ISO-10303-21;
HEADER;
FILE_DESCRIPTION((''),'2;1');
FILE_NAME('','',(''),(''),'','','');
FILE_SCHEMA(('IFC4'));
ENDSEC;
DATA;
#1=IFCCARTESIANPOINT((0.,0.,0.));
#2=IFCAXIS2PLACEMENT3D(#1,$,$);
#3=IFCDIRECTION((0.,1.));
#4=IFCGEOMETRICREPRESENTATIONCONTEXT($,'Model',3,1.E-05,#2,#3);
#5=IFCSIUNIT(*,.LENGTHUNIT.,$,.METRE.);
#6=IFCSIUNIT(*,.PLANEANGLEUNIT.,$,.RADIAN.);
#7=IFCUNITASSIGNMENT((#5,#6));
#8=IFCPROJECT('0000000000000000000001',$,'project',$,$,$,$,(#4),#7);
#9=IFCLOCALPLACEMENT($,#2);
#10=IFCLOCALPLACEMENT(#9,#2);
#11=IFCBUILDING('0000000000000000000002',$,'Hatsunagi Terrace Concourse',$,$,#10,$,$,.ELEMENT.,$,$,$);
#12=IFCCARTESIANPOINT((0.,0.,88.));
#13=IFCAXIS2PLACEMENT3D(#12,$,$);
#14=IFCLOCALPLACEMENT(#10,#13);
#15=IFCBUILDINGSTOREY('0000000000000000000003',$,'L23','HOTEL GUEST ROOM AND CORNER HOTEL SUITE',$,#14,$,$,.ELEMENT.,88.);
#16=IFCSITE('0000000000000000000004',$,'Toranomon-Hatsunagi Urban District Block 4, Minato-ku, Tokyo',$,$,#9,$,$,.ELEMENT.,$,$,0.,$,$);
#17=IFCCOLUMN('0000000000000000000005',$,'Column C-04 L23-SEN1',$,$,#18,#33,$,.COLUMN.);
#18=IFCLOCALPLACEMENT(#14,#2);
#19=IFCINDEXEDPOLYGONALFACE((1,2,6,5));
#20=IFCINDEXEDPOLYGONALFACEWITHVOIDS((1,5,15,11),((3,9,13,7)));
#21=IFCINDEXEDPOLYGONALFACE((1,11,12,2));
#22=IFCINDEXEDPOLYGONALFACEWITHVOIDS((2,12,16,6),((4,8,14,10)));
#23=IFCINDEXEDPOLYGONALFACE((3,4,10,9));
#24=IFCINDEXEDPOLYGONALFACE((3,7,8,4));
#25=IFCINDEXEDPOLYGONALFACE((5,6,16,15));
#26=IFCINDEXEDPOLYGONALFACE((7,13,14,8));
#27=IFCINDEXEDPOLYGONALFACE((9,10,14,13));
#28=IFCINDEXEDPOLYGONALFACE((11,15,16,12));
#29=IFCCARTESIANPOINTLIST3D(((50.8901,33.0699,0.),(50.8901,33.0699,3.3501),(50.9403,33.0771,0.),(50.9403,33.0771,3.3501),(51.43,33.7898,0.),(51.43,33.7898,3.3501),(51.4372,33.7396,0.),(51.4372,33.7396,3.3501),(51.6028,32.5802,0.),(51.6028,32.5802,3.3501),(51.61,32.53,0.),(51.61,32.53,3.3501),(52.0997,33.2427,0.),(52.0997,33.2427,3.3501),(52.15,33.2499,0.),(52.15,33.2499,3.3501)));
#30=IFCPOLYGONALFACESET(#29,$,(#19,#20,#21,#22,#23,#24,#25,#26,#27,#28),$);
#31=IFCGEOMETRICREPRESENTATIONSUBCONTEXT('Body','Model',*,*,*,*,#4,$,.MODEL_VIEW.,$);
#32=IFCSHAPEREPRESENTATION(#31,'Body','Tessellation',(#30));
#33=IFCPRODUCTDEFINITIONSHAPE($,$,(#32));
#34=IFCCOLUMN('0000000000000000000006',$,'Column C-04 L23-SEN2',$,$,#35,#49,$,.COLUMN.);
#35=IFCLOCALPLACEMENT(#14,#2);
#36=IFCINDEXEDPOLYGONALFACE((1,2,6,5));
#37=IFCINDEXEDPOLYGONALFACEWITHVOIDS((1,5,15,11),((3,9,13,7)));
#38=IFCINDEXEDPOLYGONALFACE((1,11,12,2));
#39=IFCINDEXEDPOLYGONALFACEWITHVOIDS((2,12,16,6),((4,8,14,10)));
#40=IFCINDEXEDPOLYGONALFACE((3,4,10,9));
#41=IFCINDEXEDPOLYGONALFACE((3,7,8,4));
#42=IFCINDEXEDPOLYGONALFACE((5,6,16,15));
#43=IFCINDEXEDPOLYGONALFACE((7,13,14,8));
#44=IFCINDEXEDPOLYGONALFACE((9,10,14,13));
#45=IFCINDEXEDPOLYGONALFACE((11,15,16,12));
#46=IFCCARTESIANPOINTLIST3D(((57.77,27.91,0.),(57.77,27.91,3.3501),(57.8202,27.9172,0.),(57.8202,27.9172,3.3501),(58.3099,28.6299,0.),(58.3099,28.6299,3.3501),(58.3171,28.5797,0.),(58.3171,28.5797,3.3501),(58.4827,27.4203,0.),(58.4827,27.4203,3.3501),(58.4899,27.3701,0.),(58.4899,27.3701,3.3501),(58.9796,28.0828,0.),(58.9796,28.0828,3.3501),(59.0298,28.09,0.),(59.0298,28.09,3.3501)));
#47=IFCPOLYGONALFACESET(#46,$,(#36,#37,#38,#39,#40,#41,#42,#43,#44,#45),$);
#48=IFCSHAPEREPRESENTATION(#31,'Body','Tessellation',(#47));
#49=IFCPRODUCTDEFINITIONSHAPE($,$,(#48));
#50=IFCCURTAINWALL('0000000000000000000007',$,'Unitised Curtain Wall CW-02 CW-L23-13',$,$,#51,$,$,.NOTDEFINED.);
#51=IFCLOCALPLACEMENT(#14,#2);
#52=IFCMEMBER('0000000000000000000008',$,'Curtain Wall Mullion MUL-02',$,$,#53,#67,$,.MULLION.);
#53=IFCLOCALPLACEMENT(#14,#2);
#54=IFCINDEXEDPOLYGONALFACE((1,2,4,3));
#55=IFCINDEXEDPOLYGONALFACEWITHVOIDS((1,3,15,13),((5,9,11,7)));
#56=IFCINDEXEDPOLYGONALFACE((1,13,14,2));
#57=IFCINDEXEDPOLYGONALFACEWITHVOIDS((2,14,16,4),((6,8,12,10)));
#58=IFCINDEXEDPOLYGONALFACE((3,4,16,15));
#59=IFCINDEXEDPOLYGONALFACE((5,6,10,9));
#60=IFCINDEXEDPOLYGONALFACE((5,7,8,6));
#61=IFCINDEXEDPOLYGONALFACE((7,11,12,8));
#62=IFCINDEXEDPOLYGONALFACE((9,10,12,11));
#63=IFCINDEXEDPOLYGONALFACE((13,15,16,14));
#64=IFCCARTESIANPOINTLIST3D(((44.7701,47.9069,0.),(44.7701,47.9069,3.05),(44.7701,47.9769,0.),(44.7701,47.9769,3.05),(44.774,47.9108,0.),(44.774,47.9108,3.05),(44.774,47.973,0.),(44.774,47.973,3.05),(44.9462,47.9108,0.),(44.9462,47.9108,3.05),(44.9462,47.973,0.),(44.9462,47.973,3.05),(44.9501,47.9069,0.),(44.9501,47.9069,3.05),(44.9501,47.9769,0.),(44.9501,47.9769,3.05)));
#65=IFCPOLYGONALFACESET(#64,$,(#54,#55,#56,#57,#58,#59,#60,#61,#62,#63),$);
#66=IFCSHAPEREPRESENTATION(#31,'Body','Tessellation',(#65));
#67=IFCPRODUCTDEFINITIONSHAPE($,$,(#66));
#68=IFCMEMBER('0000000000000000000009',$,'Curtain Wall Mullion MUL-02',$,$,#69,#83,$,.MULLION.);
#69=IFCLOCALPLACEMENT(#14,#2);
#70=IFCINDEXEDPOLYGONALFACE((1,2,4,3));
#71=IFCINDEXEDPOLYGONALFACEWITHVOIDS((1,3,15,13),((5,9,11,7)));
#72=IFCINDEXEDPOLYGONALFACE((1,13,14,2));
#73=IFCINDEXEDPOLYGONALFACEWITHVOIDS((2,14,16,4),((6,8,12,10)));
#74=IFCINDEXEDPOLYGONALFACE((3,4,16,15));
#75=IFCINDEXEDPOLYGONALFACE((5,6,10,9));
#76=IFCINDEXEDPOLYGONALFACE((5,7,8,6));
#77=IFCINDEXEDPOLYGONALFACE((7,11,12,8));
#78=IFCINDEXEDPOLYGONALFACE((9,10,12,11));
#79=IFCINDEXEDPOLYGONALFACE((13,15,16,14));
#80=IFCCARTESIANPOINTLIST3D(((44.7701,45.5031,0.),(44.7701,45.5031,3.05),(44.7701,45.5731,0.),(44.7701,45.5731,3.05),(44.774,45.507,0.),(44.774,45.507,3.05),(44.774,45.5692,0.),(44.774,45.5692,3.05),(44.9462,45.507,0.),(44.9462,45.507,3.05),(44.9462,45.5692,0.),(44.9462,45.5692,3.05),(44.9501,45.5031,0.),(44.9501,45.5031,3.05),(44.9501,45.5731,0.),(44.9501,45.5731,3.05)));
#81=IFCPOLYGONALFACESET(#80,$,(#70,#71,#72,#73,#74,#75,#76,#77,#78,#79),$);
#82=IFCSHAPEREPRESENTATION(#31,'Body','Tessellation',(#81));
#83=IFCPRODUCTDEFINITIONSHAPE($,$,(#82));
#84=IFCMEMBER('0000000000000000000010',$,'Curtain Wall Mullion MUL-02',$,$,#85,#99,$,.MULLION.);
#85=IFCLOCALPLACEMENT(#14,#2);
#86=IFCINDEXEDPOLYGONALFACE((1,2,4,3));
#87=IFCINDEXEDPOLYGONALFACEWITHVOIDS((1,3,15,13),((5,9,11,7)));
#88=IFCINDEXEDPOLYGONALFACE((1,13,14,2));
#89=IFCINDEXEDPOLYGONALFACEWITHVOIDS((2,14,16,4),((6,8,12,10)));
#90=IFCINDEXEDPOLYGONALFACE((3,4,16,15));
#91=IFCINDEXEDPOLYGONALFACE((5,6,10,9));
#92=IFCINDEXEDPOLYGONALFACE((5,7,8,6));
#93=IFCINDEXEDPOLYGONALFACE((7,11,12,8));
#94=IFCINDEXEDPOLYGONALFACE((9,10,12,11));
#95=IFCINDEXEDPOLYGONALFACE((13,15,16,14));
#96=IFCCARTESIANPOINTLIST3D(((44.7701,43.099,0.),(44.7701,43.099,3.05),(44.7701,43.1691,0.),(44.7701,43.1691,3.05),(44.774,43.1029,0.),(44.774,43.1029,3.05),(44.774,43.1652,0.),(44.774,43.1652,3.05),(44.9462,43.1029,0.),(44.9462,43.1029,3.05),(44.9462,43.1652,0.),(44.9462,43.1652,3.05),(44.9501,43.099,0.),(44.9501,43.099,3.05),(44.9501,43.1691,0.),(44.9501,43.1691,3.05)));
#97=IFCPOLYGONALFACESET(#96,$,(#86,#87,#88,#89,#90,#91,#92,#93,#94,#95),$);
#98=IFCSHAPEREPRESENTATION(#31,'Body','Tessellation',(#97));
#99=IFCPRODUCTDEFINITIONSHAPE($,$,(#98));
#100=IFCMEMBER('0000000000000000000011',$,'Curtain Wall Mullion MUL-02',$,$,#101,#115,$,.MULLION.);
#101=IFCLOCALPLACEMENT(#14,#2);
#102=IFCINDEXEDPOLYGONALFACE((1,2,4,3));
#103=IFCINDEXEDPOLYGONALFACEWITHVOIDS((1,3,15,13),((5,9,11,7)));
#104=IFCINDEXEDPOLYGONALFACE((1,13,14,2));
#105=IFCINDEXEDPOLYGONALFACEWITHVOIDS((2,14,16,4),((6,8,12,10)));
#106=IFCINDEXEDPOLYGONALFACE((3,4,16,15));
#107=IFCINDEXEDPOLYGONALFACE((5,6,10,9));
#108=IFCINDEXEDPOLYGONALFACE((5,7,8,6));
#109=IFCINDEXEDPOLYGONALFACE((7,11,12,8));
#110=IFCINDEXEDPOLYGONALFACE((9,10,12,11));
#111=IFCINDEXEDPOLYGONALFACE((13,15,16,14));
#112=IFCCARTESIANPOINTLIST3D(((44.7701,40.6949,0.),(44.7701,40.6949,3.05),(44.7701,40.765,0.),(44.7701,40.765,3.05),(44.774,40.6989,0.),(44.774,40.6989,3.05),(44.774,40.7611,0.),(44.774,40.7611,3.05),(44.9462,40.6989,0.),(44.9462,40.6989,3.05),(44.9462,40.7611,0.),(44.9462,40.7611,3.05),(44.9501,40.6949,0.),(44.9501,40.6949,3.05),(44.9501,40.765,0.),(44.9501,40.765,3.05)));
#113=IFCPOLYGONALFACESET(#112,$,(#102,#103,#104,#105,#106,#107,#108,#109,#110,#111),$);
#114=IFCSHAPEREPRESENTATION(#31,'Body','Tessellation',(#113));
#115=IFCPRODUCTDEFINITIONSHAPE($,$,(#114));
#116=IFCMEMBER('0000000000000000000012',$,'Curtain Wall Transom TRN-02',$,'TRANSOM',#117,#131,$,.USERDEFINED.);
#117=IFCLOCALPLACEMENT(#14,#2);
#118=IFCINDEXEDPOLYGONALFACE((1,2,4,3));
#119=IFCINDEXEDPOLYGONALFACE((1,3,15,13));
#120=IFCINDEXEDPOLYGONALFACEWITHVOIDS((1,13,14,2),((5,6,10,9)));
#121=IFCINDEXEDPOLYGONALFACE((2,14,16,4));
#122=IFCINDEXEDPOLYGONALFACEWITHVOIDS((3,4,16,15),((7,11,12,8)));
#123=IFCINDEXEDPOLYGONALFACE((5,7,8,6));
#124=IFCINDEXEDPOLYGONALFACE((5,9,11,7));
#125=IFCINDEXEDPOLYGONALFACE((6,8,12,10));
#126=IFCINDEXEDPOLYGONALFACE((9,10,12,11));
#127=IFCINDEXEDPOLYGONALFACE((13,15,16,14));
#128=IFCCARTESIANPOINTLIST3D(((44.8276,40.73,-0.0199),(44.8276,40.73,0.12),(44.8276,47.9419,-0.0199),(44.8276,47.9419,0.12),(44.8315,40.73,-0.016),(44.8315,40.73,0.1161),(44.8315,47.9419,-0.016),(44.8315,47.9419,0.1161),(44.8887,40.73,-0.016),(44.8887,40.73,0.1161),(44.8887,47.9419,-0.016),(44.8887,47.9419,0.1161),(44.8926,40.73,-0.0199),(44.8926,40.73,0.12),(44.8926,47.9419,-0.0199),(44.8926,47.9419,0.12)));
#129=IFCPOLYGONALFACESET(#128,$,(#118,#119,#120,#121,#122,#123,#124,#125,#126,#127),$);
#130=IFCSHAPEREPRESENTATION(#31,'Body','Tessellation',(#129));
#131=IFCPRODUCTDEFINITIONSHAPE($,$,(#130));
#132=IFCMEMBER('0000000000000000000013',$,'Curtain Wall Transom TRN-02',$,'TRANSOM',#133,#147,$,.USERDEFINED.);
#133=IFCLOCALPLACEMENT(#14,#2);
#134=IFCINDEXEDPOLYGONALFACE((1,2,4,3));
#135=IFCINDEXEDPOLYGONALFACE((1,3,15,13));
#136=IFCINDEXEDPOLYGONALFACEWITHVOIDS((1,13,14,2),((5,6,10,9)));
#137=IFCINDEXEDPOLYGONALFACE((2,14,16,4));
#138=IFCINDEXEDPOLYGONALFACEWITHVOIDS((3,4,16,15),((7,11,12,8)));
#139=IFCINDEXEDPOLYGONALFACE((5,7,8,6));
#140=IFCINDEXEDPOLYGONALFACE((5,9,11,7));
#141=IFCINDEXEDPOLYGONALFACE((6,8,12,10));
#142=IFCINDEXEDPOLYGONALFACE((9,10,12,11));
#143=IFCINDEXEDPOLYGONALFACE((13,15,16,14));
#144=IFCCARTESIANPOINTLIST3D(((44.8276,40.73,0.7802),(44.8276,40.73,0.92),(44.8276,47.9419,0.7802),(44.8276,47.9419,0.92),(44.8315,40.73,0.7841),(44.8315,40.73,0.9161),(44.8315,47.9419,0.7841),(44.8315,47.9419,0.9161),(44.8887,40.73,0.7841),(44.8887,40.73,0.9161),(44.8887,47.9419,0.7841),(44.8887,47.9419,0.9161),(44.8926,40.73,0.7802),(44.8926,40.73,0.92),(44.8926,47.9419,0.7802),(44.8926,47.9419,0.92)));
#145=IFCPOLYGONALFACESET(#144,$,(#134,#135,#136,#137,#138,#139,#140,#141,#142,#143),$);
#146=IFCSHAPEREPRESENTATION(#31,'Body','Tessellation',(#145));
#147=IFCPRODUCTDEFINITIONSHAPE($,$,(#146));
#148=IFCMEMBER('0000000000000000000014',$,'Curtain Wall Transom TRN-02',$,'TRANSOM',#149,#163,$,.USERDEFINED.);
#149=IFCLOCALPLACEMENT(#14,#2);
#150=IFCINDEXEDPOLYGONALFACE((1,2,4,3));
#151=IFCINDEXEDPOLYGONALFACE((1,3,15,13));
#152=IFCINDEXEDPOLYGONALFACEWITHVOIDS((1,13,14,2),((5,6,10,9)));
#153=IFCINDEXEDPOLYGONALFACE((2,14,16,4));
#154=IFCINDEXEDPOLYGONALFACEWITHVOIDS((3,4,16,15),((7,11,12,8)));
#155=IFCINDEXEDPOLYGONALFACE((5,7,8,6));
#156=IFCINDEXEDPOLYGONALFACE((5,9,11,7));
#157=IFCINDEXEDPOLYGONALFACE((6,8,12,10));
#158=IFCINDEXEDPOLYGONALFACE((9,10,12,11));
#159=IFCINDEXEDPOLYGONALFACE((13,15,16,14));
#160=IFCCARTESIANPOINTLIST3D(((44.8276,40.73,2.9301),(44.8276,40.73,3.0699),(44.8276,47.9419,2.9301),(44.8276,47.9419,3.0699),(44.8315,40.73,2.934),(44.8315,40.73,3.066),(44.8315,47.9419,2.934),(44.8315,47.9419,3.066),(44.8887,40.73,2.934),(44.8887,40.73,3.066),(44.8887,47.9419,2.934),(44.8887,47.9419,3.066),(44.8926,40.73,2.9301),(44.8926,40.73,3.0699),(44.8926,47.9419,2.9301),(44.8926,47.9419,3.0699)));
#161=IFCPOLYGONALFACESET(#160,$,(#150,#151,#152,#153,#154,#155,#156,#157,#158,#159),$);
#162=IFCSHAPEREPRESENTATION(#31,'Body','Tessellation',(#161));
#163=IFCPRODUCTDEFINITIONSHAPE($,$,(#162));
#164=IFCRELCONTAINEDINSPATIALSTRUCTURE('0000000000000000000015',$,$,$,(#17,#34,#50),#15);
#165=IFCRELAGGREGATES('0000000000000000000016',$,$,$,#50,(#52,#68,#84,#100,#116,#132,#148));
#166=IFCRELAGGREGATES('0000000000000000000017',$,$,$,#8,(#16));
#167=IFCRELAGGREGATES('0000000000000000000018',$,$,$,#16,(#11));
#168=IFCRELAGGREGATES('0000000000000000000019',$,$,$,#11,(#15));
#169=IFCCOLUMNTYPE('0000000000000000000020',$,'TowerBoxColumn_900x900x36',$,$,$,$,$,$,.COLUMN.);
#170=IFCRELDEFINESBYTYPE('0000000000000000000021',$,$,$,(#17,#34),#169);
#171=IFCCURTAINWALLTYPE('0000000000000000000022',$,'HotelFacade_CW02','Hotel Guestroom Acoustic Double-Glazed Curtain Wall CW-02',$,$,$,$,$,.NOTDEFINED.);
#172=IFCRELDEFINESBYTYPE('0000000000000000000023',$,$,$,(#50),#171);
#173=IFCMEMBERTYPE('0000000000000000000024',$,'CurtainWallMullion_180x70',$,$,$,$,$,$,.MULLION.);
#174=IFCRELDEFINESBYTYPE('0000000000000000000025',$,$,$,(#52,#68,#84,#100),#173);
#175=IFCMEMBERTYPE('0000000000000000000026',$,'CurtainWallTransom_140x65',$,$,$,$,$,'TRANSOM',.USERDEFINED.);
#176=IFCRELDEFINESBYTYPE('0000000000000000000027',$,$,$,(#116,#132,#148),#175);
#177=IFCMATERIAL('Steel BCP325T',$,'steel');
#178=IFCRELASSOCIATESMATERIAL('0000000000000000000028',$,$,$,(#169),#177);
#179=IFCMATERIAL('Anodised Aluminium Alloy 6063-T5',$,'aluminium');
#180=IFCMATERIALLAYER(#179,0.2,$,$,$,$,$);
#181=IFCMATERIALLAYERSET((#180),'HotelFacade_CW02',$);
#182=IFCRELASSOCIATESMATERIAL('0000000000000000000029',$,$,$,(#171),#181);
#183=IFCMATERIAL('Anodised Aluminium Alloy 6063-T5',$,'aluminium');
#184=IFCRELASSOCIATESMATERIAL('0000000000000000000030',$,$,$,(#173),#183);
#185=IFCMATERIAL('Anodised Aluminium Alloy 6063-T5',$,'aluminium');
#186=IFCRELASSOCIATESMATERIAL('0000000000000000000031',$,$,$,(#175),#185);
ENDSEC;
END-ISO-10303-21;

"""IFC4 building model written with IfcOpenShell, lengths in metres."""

from ifc_helpers import new_model, si_unit, direction, frame, origin, origin_2d, place, context, subcontext, project, spatial, hollow_rectangle, extrude, material, layer, layer_set, material_profile, profile_set, type_object, element, aggregate, save


model = new_model("IFC4")

# Units and contexts
model_context = context("Model", 3, precision=1e-05, world=origin(), true_north=direction((0.0, 1.0)))
body_context = subcontext(model_context, "Body", "Model", "MODEL_VIEW")
ifc_project = project(units=[si_unit("LENGTHUNIT", "METRE"), si_unit("PLANEANGLEUNIT", "RADIAN")], contexts=[model_context])

# Site, building, storey
site_placement = place(None, origin())
site = spatial("IfcSite", under=ifc_project, at=site_placement, Name="Toranomon-Hatsunagi Urban District Block 4, Minato-ku, Tokyo", CompositionType="ELEMENT", RefElevation=0.0)
building_placement = place(site_placement, origin())
building = spatial("IfcBuilding", under=site, at=building_placement, Name="Hatsunagi Terrace Concourse", CompositionType="ELEMENT")
storey_placement = place(building_placement, frame((0.0, 0.0, 88.0)))
storey = spatial("IfcBuildingStorey", under=building, at=storey_placement, Name="L23", Description="HOTEL GUEST ROOM AND CORNER HOTEL SUITE", CompositionType="ELEMENT", Elevation=88.0)

# Columns
ifc_material_1 = material(Name="Steel BCP325T", Category="steel")
ifc_material_profile_1 = material_profile(ifc_material_1, hollow_rectangle(XDim=0.8999, YDim=0.8999, WallThickness=0.0359, at=origin_2d()), Name="BCP-900x900x36")
ifc_profile_set_1 = profile_set([ifc_material_profile_1], Name="Steel BCP325T")
column_type = type_object("IfcColumnType", Name="TowerBoxColumn_900x900x36", PredefinedType="COLUMN", material=ifc_profile_set_1)
for number, where, z_axis, x_axis, name in (
    (1, (51.52, 33.1599, 0.0), (0.0, 0.0, 1.0), (0.8, -0.6, 0.0), "Column C-04 L23-SEN1"),
    (2, (58.3999, 28.0, 0.0), (0.0, 0.0, 1.0), (0.8, -0.6, 0.0), "Column C-04 L23-SEN2"),
):
    element("IfcColumn", number, at=place(storey_placement, frame(where, z_axis=z_axis, x_axis=x_axis)), inside=storey, type_object=column_type, Name=name, PredefinedType="COLUMN", context=body_context, shape_type="SweptSolid", body=[
        extrude(hollow_rectangle(XDim=0.8999, YDim=0.8999, WallThickness=0.0359, at=origin_2d()), origin(), (0.0, 0.0, 1.0), 3.3501),
    ])

# Curtain wall, members
ifc_material_2 = material(Name="Anodised Aluminium Alloy 6063-T5", Category="aluminium")
ifc_layer_1 = layer(ifc_material_2, 0.2)
ifc_layer_set_1 = layer_set([ifc_layer_1], Name="HotelFacade_CW02")
curtain_wall_type = type_object("IfcCurtainWallType", Name="HotelFacade_CW02", Description="Hotel Guestroom Acoustic Double-Glazed Curtain Wall CW-02", PredefinedType="NOTDEFINED", material=ifc_layer_set_1)
curtain_wall_placement = place(storey_placement, origin())
curtain_wall = element("IfcCurtainWall", 3, at=curtain_wall_placement, inside=storey, type_object=curtain_wall_type, Name="Unitised Curtain Wall CW-02 CW-L23-13", PredefinedType="NOTDEFINED")
ifc_material_3 = material(Name="Anodised Aluminium Alloy 6063-T5", Category="aluminium")
ifc_material_profile_2 = material_profile(ifc_material_3, hollow_rectangle(XDim=0.0701, YDim=0.1799, WallThickness=0.0039, at=origin_2d()), Name="ALU-MUL-180x70x4")
ifc_profile_set_2 = profile_set([ifc_material_profile_2], Name="Anodised Aluminium Alloy 6063-T5")
member_type_1 = type_object("IfcMemberType", Name="CurtainWallMullion_180x70", PredefinedType="MULLION", material=ifc_profile_set_2)
member_1_placement = place(storey_placement, frame((44.8601, 47.9419, 0.0), z_axis=(0.0, 0.0, 1.0), x_axis=(0.0, -1.0, 0.0)))
member_1 = element("IfcMember", 4, at=member_1_placement, type_object=member_type_1, Name="Curtain Wall Mullion MUL-02", PredefinedType="MULLION", context=body_context, shape_type="SweptSolid", body=[
    extrude(hollow_rectangle(XDim=0.0701, YDim=0.1799, WallThickness=0.0039, at=origin_2d()), origin(), (0.0, 0.0, 1.0), 3.05),
])
member_2_placement = place(storey_placement, frame((44.8601, 45.5381, 0.0), z_axis=(0.0, 0.0, 1.0), x_axis=(0.0, -1.0, 0.0)))
member_2 = element("IfcMember", 5, at=member_2_placement, type_object=member_type_1, Name="Curtain Wall Mullion MUL-02", PredefinedType="MULLION", context=body_context, shape_type="SweptSolid", body=[
    extrude(hollow_rectangle(XDim=0.0701, YDim=0.1799, WallThickness=0.0039, at=origin_2d()), origin(), (0.0, 0.0, 1.0), 3.05),
])
member_3_placement = place(storey_placement, frame((44.8601, 43.134, 0.0), z_axis=(0.0, 0.0, 1.0), x_axis=(0.0, -1.0, 0.0)))
member_3 = element("IfcMember", 6, at=member_3_placement, type_object=member_type_1, Name="Curtain Wall Mullion MUL-02", PredefinedType="MULLION", context=body_context, shape_type="SweptSolid", body=[
    extrude(hollow_rectangle(XDim=0.0701, YDim=0.1799, WallThickness=0.0039, at=origin_2d()), origin(), (0.0, 0.0, 1.0), 3.05),
])
member_4_placement = place(storey_placement, frame((44.8601, 40.73, 0.0), z_axis=(0.0, 0.0, 1.0), x_axis=(0.0, -1.0, 0.0)))
member_4 = element("IfcMember", 7, at=member_4_placement, type_object=member_type_1, Name="Curtain Wall Mullion MUL-02", PredefinedType="MULLION", context=body_context, shape_type="SweptSolid", body=[
    extrude(hollow_rectangle(XDim=0.0701, YDim=0.1799, WallThickness=0.0039, at=origin_2d()), origin(), (0.0, 0.0, 1.0), 3.05),
])
ifc_material_4 = material(Name="Anodised Aluminium Alloy 6063-T5", Category="aluminium")
ifc_material_profile_3 = material_profile(ifc_material_4, hollow_rectangle(XDim=0.0649, YDim=0.1399, WallThickness=0.0039, at=origin_2d()), Name="ALU-TRN-140x65x4")
ifc_profile_set_3 = profile_set([ifc_material_profile_3], Name="Anodised Aluminium Alloy 6063-T5")
member_type_2 = type_object("IfcMemberType", Name="CurtainWallTransom_140x65", ElementType="TRANSOM", PredefinedType="USERDEFINED", material=ifc_profile_set_3)
member_5_placement = place(storey_placement, frame((44.8601, 47.9419, 0.05), z_axis=(0.0, -1.0, 0.0), x_axis=(1.0, 0.0, 0.0)))
member_5 = element("IfcMember", 8, at=member_5_placement, type_object=member_type_2, Name="Curtain Wall Transom TRN-02", ObjectType="TRANSOM", PredefinedType="USERDEFINED", context=body_context, shape_type="SweptSolid", body=[
    extrude(hollow_rectangle(XDim=0.0649, YDim=0.1399, WallThickness=0.0039, at=origin_2d()), origin(), (0.0, 0.0, 1.0), 7.2119),
])
member_6_placement = place(storey_placement, frame((44.8601, 47.9419, 0.8501), z_axis=(0.0, -1.0, 0.0), x_axis=(1.0, 0.0, 0.0)))
member_6 = element("IfcMember", 9, at=member_6_placement, type_object=member_type_2, Name="Curtain Wall Transom TRN-02", ObjectType="TRANSOM", PredefinedType="USERDEFINED", context=body_context, shape_type="SweptSolid", body=[
    extrude(hollow_rectangle(XDim=0.0649, YDim=0.1399, WallThickness=0.0039, at=origin_2d()), origin(), (0.0, 0.0, 1.0), 7.2119),
])
member_7_placement = place(storey_placement, frame((44.8601, 47.9419, 3.0), z_axis=(0.0, -1.0, 0.0), x_axis=(1.0, 0.0, 0.0)))
member_7 = element("IfcMember", 10, at=member_7_placement, type_object=member_type_2, Name="Curtain Wall Transom TRN-02", ObjectType="TRANSOM", PredefinedType="USERDEFINED", context=body_context, shape_type="SweptSolid", body=[
    extrude(hollow_rectangle(XDim=0.0649, YDim=0.1399, WallThickness=0.0039, at=origin_2d()), origin(), (0.0, 0.0, 1.0), 7.2119),
])

aggregate(curtain_wall, [member_1, member_2, member_3, member_4, member_5, member_6, member_7])

save(model, "model.ifc")
